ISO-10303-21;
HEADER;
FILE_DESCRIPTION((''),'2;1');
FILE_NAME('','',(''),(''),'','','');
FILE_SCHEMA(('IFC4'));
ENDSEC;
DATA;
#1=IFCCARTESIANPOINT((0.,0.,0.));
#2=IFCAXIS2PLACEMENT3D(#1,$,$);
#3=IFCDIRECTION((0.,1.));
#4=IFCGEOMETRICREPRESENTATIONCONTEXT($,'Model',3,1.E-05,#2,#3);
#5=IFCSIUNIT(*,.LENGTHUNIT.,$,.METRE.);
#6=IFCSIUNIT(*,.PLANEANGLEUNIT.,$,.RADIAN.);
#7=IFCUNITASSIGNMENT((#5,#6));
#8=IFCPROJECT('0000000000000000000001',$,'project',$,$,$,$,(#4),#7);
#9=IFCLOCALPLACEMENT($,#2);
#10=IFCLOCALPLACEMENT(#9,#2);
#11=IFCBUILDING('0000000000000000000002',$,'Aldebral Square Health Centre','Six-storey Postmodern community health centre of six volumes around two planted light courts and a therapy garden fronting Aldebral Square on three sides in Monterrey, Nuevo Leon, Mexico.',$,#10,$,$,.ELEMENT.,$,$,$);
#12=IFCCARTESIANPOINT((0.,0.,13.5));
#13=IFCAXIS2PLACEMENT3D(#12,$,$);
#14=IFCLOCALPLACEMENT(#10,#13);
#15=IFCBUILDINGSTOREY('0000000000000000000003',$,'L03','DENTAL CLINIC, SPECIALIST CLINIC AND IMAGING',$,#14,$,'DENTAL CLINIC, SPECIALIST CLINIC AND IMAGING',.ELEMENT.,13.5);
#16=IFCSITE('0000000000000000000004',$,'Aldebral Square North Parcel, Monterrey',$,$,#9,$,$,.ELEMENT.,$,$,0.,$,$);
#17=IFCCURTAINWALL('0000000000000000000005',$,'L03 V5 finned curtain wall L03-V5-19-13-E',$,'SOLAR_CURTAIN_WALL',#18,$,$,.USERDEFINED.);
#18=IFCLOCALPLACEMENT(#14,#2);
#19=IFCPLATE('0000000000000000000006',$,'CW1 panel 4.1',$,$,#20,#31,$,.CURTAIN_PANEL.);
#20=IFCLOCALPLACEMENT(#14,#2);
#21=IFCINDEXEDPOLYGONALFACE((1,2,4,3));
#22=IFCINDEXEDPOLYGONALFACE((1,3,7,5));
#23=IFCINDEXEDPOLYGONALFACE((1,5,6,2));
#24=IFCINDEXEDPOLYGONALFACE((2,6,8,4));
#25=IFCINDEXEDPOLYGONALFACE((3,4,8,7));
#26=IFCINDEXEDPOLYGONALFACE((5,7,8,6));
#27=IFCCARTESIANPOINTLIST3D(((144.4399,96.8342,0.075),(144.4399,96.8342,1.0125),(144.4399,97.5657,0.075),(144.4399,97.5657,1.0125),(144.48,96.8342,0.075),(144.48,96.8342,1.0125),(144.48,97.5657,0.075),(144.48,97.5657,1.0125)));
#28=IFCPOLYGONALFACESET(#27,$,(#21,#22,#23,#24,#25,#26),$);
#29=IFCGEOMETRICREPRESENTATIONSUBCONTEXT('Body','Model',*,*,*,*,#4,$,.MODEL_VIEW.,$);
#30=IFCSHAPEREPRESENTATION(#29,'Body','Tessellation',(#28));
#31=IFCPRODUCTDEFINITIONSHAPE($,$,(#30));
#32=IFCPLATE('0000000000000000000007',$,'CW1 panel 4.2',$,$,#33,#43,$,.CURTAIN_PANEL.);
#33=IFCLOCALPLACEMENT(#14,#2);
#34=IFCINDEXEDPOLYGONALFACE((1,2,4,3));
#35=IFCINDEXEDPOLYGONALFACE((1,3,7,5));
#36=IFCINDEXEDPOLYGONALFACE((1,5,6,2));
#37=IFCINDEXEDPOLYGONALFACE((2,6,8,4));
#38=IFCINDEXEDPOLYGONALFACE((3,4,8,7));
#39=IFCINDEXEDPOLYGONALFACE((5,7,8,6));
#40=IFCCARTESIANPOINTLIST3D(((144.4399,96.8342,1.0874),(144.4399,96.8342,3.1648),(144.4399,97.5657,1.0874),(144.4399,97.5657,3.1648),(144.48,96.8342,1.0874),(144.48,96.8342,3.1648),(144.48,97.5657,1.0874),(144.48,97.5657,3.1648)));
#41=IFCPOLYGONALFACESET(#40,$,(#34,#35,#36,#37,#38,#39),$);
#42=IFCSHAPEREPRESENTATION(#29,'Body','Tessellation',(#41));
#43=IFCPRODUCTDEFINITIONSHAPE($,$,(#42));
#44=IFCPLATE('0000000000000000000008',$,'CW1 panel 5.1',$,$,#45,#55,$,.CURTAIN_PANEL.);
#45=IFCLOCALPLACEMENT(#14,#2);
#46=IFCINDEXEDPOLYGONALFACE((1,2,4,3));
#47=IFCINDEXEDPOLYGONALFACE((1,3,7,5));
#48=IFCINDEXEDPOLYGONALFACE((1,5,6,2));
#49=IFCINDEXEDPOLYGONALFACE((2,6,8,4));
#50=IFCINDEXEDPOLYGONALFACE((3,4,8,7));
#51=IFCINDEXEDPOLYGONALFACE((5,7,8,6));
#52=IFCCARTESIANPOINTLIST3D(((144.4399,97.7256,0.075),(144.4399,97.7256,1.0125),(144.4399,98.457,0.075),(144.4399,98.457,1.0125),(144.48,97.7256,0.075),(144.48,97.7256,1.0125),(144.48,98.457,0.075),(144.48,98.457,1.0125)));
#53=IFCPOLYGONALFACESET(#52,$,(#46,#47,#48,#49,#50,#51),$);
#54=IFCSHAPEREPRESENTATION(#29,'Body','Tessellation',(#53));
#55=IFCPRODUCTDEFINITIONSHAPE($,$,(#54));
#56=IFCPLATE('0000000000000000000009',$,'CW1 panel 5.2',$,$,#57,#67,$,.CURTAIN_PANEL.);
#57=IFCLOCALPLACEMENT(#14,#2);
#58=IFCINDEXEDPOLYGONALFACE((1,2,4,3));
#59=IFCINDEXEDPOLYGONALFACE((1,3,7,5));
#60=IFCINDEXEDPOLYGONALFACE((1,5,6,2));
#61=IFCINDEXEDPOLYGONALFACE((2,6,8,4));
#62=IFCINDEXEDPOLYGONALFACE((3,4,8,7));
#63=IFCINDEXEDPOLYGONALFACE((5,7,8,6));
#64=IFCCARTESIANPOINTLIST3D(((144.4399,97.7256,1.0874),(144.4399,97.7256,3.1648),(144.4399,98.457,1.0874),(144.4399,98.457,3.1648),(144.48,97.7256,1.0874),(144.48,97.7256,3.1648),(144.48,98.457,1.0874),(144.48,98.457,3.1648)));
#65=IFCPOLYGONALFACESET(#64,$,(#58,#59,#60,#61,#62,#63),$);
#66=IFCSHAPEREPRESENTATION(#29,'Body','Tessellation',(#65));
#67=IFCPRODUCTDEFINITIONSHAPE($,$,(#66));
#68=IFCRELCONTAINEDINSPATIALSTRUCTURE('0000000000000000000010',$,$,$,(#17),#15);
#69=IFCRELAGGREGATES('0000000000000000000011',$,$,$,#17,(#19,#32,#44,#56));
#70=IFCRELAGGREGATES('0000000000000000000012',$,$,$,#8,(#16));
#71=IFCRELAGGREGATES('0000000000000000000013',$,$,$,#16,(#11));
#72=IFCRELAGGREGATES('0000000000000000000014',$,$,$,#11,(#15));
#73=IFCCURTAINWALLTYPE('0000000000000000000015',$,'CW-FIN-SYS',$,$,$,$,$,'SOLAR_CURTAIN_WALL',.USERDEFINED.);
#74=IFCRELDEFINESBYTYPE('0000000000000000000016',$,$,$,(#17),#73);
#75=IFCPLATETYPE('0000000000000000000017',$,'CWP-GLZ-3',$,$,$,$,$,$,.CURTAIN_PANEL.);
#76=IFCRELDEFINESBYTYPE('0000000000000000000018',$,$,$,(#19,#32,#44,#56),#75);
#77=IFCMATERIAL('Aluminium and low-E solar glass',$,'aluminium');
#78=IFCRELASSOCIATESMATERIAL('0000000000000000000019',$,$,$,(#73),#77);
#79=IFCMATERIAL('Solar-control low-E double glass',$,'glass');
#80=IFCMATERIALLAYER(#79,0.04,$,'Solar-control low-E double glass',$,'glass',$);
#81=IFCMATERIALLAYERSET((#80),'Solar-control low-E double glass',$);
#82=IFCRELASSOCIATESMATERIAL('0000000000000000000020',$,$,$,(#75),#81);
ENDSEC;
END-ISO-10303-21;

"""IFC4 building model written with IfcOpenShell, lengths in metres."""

from ifc_helpers import new_model, si_unit, direction, frame, origin, origin_2d, place, context, subcontext, project, spatial, rectangle, extrude, material, layer, layer_set, type_object, element, aggregate, save


model = new_model("IFC4")

# Units and contexts
model_context = context("Model", 3, precision=1e-05, world=origin(), true_north=direction((0.0, 1.0)))
body_context = subcontext(model_context, "Body", "Model", "MODEL_VIEW")
ifc_project = project(units=[si_unit("LENGTHUNIT", "METRE"), si_unit("PLANEANGLEUNIT", "RADIAN")], contexts=[model_context])

# Site, building, storey
site_placement = place(None, origin())
site = spatial("IfcSite", under=ifc_project, at=site_placement, Name="Aldebral Square North Parcel, Monterrey", CompositionType="ELEMENT", RefElevation=0.0)
building_placement = place(site_placement, origin())
building = spatial("IfcBuilding", under=site, at=building_placement, Name="Aldebral Square Health Centre", Description="Six-storey Postmodern community health centre of six volumes around two planted light courts and a therapy garden fronting Aldebral Square on three sides in Monterrey, Nuevo Leon, Mexico.", CompositionType="ELEMENT")
storey_placement = place(building_placement, frame((0.0, 0.0, 13.5)))
storey = spatial("IfcBuildingStorey", under=building, at=storey_placement, Name="L03", Description="DENTAL CLINIC, SPECIALIST CLINIC AND IMAGING", LongName="DENTAL CLINIC, SPECIALIST CLINIC AND IMAGING", CompositionType="ELEMENT", Elevation=13.5)

# Curtain wall
ifc_material_1 = material(Name="Aluminium and low-E solar glass", Category="aluminium")
curtain_wall_type = type_object("IfcCurtainWallType", Name="CW-FIN-SYS", ElementType="SOLAR_CURTAIN_WALL", PredefinedType="USERDEFINED", material=ifc_material_1)
curtain_wall_1_placement = place(storey_placement, origin())
curtain_wall_1 = element("IfcCurtainWall", 1, at=curtain_wall_1_placement, inside=storey, type_object=curtain_wall_type, Name="L03 V5 finned curtain wall L03-V5-19-13-E", ObjectType="SOLAR_CURTAIN_WALL", PredefinedType="USERDEFINED")

# Plates
ifc_material_2 = material(Name="Solar-control low-E double glass", Category="glass")
ifc_layer_1 = layer(ifc_material_2, 0.04, Name="Solar-control low-E double glass", Category="glass")
ifc_layer_set_1 = layer_set([ifc_layer_1], Name="Solar-control low-E double glass")
plate_type_1 = type_object("IfcPlateType", Name="CWP-GLZ-3", PredefinedType="CURTAIN_PANEL", material=ifc_layer_set_1)
plate_1_placement = place(storey_placement, frame((144.46, 97.2, 0.075), z_axis=(0.0, 0.0, 1.0), x_axis=(0.0, 1.0, 0.0)))
plate_1 = element("IfcPlate", 2, at=plate_1_placement, type_object=plate_type_1, Name="CW1 panel 4.1", PredefinedType="CURTAIN_PANEL", context=body_context, shape_type="SweptSolid", body=[
    extrude(rectangle(XDim=0.7314, YDim=0.04, at=origin_2d()), origin(), (0.0, 0.0, 1.0), 0.9375),
])
plate_2_placement = place(storey_placement, frame((144.46, 97.2, 1.0874), z_axis=(0.0, 0.0, 1.0), x_axis=(0.0, 1.0, 0.0)))
plate_2 = element("IfcPlate", 3, at=plate_2_placement, type_object=plate_type_1, Name="CW1 panel 4.2", PredefinedType="CURTAIN_PANEL", context=body_context, shape_type="SweptSolid", body=[
    extrude(rectangle(XDim=0.7314, YDim=0.04, at=origin_2d()), origin(), (0.0, 0.0, 1.0), 2.0774),
])
plate_3_placement = place(storey_placement, frame((144.46, 98.0913, 0.075), z_axis=(0.0, 0.0, 1.0), x_axis=(0.0, 1.0, 0.0)))
plate_3 = element("IfcPlate", 4, at=plate_3_placement, type_object=plate_type_1, Name="CW1 panel 5.1", PredefinedType="CURTAIN_PANEL", context=body_context, shape_type="SweptSolid", body=[
    extrude(rectangle(XDim=0.7314, YDim=0.04, at=origin_2d()), origin(), (0.0, 0.0, 1.0), 0.9375),
])
plate_4_placement = place(storey_placement, frame((144.46, 98.0913, 1.0874), z_axis=(0.0, 0.0, 1.0), x_axis=(0.0, 1.0, 0.0)))
plate_4 = element("IfcPlate", 5, at=plate_4_placement, type_object=plate_type_1, Name="CW1 panel 5.2", PredefinedType="CURTAIN_PANEL", context=body_context, shape_type="SweptSolid", body=[
    extrude(rectangle(XDim=0.7314, YDim=0.04, at=origin_2d()), origin(), (0.0, 0.0, 1.0), 2.0774),
])
aggregate(curtain_wall_1, [plate_1, plate_2, plate_3, plate_4])

save(model, "model.ifc")
